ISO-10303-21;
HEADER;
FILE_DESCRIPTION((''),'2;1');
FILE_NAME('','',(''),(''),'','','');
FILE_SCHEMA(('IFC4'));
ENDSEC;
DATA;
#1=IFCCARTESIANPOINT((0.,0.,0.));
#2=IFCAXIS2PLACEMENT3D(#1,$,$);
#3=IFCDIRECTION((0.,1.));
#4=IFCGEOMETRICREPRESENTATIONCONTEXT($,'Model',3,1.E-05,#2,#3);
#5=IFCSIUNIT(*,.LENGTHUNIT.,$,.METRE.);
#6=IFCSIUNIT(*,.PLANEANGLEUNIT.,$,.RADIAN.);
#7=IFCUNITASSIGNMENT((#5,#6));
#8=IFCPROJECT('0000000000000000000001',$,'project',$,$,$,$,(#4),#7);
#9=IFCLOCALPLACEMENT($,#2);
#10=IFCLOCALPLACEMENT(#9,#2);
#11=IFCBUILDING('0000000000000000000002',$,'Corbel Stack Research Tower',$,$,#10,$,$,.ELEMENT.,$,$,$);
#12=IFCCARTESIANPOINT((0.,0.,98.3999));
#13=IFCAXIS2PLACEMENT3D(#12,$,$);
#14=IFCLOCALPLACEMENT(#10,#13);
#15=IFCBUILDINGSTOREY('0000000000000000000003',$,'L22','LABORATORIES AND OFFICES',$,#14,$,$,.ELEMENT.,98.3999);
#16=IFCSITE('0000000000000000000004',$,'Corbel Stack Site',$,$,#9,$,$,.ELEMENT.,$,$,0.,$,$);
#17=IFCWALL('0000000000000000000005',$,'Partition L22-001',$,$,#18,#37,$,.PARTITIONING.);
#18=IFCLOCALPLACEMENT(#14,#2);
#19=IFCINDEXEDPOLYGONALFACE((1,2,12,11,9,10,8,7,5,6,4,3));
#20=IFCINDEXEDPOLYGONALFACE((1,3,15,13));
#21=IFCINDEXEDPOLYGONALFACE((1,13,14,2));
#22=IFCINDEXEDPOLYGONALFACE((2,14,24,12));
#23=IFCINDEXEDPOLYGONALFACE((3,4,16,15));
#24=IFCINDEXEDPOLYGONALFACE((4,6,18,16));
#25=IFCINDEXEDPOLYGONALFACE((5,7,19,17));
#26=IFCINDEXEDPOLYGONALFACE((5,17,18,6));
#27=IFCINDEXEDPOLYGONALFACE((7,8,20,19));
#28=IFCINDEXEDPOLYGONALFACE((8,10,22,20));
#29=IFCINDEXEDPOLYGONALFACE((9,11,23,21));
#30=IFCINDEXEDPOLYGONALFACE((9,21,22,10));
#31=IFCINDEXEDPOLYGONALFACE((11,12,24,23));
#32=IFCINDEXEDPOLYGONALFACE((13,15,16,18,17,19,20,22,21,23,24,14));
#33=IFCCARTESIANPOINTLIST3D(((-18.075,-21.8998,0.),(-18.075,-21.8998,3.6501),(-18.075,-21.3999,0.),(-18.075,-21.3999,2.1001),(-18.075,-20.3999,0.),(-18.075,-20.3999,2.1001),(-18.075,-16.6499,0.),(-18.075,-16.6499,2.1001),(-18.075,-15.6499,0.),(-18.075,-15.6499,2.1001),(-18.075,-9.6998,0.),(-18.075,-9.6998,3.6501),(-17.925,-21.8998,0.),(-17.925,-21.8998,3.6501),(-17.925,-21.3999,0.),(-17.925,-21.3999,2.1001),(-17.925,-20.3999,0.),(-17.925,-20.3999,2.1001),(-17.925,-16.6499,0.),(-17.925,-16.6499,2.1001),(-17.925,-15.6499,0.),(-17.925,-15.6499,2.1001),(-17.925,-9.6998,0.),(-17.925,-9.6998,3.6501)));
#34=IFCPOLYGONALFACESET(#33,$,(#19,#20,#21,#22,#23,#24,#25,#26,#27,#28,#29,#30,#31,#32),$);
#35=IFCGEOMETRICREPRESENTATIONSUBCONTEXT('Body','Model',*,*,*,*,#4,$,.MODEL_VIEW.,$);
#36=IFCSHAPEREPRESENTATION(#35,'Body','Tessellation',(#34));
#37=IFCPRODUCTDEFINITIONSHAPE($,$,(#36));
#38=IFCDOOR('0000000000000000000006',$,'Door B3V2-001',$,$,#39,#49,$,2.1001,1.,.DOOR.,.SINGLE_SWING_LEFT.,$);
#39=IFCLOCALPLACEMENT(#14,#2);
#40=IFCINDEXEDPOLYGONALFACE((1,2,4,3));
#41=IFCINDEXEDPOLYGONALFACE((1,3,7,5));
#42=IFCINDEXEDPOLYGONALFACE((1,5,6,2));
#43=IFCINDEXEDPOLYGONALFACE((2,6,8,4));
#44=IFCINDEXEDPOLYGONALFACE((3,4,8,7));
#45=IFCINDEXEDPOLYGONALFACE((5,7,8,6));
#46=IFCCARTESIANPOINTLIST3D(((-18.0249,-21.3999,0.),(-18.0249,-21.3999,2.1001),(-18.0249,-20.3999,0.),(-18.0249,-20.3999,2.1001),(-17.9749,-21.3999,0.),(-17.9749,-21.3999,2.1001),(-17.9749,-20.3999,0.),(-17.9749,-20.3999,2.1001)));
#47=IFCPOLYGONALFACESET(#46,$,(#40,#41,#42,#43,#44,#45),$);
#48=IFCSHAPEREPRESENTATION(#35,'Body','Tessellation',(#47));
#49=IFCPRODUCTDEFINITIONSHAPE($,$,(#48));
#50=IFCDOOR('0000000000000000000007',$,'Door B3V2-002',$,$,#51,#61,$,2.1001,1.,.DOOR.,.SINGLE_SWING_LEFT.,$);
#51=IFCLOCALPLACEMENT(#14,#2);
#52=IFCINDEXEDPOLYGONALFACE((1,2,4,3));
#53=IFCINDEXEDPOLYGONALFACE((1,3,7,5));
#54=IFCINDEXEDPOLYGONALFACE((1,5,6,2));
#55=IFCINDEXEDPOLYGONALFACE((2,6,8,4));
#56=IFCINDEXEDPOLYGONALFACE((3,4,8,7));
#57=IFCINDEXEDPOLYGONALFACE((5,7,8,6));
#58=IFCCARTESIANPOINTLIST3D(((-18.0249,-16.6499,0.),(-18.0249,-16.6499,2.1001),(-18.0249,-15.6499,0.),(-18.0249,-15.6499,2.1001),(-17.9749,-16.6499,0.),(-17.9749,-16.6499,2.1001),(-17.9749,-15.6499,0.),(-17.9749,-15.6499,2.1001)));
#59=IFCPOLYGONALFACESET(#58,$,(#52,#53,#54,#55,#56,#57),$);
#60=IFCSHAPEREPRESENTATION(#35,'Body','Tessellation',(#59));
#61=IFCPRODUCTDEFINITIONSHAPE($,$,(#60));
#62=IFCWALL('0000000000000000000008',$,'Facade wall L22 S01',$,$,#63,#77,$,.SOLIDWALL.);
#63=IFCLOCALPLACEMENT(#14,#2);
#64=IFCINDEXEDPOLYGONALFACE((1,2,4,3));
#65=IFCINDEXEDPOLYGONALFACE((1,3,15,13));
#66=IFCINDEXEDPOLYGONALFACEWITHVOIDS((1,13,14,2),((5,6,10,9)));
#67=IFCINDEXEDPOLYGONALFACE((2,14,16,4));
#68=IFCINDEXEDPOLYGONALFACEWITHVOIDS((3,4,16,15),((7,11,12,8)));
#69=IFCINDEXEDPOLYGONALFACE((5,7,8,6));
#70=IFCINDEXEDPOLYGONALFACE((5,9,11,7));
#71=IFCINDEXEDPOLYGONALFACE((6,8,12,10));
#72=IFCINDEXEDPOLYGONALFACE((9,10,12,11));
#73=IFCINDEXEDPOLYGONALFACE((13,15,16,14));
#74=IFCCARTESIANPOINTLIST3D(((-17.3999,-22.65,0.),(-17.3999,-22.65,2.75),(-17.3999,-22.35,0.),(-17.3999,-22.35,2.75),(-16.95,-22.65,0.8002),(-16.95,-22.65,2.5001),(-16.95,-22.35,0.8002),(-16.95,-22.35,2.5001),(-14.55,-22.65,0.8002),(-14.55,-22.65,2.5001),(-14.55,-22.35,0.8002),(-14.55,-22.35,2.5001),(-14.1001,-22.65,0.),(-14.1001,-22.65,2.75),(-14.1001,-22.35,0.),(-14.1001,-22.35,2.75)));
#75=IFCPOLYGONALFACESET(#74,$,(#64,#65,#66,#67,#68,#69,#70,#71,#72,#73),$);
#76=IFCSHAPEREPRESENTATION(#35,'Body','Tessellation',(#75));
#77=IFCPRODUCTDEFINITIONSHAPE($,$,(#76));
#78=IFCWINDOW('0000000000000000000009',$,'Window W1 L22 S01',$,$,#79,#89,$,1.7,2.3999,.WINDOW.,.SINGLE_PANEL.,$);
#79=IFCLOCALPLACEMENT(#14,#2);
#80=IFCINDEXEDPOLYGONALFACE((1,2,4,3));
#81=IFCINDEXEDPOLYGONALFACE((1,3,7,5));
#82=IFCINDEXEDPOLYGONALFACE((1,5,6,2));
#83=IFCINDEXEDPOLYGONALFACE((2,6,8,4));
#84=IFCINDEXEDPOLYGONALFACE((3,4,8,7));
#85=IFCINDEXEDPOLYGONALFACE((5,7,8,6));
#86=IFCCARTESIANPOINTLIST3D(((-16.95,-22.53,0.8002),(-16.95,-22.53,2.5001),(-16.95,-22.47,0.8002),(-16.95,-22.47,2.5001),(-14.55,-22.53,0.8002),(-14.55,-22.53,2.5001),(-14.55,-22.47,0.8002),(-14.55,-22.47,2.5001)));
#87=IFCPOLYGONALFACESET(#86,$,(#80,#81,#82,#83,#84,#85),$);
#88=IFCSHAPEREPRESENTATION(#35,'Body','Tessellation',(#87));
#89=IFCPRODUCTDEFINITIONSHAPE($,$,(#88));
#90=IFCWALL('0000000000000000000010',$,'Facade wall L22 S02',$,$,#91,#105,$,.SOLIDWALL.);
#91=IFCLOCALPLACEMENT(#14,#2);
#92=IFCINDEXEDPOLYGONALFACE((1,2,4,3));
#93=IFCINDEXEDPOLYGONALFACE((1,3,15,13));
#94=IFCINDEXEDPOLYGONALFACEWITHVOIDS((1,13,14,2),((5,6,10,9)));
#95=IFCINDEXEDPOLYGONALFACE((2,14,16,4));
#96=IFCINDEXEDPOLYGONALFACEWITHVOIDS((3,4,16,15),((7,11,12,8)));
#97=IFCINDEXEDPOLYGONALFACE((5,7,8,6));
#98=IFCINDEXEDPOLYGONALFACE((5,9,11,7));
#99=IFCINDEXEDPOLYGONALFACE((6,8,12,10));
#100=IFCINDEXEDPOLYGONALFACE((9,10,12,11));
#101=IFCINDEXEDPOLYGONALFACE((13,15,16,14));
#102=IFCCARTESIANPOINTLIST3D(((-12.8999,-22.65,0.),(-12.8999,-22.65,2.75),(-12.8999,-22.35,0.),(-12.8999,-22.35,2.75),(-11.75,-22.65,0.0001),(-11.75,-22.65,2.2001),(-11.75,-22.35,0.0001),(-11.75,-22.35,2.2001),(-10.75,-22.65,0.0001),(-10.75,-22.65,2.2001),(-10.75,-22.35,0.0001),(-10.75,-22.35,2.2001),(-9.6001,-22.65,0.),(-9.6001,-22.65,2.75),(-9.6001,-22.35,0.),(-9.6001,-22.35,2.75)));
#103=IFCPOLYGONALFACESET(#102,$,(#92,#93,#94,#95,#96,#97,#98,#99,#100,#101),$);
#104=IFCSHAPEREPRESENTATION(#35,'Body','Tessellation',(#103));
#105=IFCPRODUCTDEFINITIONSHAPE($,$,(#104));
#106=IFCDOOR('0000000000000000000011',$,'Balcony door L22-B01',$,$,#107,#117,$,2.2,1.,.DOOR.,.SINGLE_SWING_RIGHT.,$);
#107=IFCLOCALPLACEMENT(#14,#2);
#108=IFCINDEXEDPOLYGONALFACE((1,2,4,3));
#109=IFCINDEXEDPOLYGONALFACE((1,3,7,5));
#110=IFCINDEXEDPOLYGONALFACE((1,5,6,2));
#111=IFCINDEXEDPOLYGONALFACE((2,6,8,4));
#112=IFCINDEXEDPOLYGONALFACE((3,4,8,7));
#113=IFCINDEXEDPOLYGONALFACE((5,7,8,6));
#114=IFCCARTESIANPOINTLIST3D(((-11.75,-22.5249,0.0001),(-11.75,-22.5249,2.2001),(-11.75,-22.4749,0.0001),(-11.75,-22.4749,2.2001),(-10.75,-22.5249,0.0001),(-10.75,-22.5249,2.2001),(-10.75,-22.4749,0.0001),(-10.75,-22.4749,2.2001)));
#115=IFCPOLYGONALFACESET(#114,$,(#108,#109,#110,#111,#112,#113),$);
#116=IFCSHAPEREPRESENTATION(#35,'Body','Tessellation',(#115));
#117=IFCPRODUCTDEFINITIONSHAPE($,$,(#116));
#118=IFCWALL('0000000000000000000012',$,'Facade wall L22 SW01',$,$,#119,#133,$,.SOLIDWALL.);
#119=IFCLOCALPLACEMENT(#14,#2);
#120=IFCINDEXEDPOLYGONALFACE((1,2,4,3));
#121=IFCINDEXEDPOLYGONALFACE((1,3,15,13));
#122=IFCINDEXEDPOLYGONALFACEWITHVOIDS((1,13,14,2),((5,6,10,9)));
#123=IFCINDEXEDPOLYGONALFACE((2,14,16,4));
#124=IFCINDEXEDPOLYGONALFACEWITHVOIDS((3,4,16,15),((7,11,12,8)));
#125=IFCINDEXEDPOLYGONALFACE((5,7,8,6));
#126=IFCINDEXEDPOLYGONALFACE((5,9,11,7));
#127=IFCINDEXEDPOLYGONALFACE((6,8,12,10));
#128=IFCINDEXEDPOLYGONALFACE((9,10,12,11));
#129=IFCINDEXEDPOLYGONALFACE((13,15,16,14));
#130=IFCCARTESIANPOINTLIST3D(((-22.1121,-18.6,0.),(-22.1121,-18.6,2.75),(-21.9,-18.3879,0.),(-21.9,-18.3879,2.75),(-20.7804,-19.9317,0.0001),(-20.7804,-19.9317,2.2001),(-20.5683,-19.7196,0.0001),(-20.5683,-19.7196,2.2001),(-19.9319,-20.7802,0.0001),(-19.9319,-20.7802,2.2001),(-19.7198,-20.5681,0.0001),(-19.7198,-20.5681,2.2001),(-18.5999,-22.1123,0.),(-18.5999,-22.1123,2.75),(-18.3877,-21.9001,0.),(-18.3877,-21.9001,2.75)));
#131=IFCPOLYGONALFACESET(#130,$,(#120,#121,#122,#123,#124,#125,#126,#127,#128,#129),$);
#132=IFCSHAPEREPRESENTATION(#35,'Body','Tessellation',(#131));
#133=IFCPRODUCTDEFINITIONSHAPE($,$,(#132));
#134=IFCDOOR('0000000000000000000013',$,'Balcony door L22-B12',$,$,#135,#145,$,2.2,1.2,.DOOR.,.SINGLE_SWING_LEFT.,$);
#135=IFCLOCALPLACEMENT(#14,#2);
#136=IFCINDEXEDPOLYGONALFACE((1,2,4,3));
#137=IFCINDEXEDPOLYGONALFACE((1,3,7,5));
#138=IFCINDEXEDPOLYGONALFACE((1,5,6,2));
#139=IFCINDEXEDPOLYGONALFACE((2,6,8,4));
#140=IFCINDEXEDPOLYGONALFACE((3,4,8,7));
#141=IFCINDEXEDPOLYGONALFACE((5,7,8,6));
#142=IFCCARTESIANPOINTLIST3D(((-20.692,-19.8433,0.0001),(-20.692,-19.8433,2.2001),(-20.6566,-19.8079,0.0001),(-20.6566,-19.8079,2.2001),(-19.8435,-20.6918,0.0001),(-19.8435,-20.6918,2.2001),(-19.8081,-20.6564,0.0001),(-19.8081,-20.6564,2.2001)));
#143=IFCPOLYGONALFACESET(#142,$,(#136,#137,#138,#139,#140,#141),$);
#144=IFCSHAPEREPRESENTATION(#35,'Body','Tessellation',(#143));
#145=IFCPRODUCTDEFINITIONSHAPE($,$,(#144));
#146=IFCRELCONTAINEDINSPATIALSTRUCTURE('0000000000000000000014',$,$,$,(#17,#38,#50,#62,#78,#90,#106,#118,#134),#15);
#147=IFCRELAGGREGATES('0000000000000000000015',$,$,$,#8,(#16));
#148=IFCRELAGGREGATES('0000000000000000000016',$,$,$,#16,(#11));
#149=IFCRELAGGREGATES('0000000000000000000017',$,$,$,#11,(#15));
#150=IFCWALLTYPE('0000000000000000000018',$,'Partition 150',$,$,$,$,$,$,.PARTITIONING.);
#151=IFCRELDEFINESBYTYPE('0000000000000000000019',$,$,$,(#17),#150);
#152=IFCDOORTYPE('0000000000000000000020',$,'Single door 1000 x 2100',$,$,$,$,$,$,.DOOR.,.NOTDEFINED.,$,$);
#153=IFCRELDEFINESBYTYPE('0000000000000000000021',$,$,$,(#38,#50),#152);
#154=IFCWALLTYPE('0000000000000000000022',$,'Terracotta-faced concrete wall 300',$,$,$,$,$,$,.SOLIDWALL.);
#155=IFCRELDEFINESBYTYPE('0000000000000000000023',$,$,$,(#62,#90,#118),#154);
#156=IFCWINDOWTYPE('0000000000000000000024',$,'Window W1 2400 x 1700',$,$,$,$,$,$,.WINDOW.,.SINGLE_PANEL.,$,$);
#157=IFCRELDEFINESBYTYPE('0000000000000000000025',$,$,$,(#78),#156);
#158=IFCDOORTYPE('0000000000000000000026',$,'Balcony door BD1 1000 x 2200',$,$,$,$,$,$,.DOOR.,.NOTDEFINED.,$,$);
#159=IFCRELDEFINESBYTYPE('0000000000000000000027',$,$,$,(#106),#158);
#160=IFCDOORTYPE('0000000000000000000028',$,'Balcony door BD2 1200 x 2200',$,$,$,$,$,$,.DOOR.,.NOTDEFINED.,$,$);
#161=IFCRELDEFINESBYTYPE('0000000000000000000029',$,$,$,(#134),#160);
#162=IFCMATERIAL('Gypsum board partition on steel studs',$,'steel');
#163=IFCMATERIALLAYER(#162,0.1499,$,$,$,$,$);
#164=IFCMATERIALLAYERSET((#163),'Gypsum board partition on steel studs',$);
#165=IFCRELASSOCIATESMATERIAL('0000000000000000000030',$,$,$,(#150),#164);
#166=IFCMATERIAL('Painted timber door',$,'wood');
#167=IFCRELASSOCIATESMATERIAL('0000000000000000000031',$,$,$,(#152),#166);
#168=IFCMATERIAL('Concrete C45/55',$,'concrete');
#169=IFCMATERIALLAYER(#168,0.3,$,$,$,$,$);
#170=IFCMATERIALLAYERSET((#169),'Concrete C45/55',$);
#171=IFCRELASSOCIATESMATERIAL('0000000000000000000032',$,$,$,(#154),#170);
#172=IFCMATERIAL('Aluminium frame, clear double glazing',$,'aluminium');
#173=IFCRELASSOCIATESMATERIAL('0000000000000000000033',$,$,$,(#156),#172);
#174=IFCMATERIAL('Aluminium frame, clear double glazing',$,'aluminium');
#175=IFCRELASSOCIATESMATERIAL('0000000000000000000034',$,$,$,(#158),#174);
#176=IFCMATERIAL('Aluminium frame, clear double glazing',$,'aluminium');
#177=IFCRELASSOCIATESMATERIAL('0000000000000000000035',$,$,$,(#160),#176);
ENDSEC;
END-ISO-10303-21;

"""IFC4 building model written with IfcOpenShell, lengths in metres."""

from ifc_helpers import new_model, si_unit, direction, frame, frame_2d, origin, place, context, subcontext, project, spatial, rectangle, extrude, material, layer, layer_set, type_object, element, fill, save


model = new_model("IFC4")

# Units and contexts
model_context = context("Model", 3, precision=1e-05, world=origin(), true_north=direction((0.0, 1.0)))
body_context = subcontext(model_context, "Body", "Model", "MODEL_VIEW")
ifc_project = project(units=[si_unit("LENGTHUNIT", "METRE"), si_unit("PLANEANGLEUNIT", "RADIAN")], contexts=[model_context])

# Site, building, storey
site_placement = place(None, origin())
site = spatial("IfcSite", under=ifc_project, at=site_placement, Name="Corbel Stack Site", CompositionType="ELEMENT", RefElevation=0.0)
building_placement = place(site_placement, origin())
building = spatial("IfcBuilding", under=site, at=building_placement, Name="Corbel Stack Research Tower", CompositionType="ELEMENT")
storey_placement = place(building_placement, frame((0.0, 0.0, 98.3999)))
storey = spatial("IfcBuildingStorey", under=building, at=storey_placement, Name="L22", Description="LABORATORIES AND OFFICES", CompositionType="ELEMENT", Elevation=98.3999)

# Wall, openings, doors
ifc_material_1 = material(Name="Gypsum board partition on steel studs", Category="steel")
ifc_layer_1 = layer(ifc_material_1, 0.1499)
ifc_layer_set_1 = layer_set([ifc_layer_1], Name="Gypsum board partition on steel studs")
wall_type_1 = type_object("IfcWallType", Name="Partition 150", PredefinedType="PARTITIONING", material=ifc_layer_set_1)
wall_1_placement = place(storey_placement, frame((-18.0, -21.8999, 0.0), z_axis=(0.0, 0.0, 1.0), x_axis=(0.0, 1.0, 0.0)))
wall_1 = element("IfcWall", 1, at=wall_1_placement, inside=storey, type_object=wall_type_1, Name="Partition L22-001", PredefinedType="PARTITIONING", context=body_context, shape_type="SweptSolid", body=[
    extrude(rectangle(XDim=12.2, YDim=0.1499, at=frame_2d((6.1001, 0.0))), origin(), (0.0, 0.0, 1.0), 3.6501),
])
opening_1_placement = place(wall_1_placement, frame((0.5, 0.0, 0.0)))
opening_1 = element("IfcOpeningElement", 2, at=opening_1_placement, cuts=wall_1, PredefinedType="OPENING", context=body_context, shape_type="SweptSolid", body=[
    extrude(rectangle(XDim=1.0, YDim=2.1001, at=frame_2d((0.5, 1.05))), frame((0.0, 0.085, 0.0), z_axis=(0.0, -1.0, 0.0), x_axis=(1.0, 0.0, 0.0)), (0.0, 0.0, 1.0), 0.1699),
])
opening_2_placement = place(wall_1_placement, frame((5.25, 0.0, 0.0)))
opening_2 = element("IfcOpeningElement", 3, at=opening_2_placement, cuts=wall_1, PredefinedType="OPENING", context=body_context, shape_type="SweptSolid", body=[
    extrude(rectangle(XDim=1.0, YDim=2.1001, at=frame_2d((0.5, 1.05))), frame((0.0, 0.085, 0.0), z_axis=(0.0, -1.0, 0.0), x_axis=(1.0, 0.0, 0.0)), (0.0, 0.0, 1.0), 0.1699),
])
ifc_material_2 = material(Name="Painted timber door", Category="wood")
door_type_1 = type_object("IfcDoorType", Name="Single door 1000 x 2100", OperationType="NOTDEFINED", PredefinedType="DOOR", material=ifc_material_2)
door_1_placement = place(opening_1_placement, origin())
door_1 = element("IfcDoor", 4, at=door_1_placement, inside=storey, type_object=door_type_1, Name="Door B3V2-001", OperationType="SINGLE_SWING_LEFT", OverallHeight=2.1001, OverallWidth=1.0, PredefinedType="DOOR", context=body_context, shape_type="SweptSolid", body=[
    extrude(rectangle(XDim=1.0, YDim=2.1001, at=frame_2d((0.5, 1.05))), frame((0.0, 0.0249, 0.0), z_axis=(0.0, -1.0, 0.0), x_axis=(1.0, 0.0, 0.0)), (0.0, 0.0, 1.0), 0.05),
])
fill(opening_1, door_1)
door_2_placement = place(opening_2_placement, origin())
door_2 = element("IfcDoor", 5, at=door_2_placement, inside=storey, type_object=door_type_1, Name="Door B3V2-002", OperationType="SINGLE_SWING_LEFT", OverallHeight=2.1001, OverallWidth=1.0, PredefinedType="DOOR", context=body_context, shape_type="SweptSolid", body=[
    extrude(rectangle(XDim=1.0, YDim=2.1001, at=frame_2d((0.5, 1.05))), frame((0.0, 0.0249, 0.0), z_axis=(0.0, -1.0, 0.0), x_axis=(1.0, 0.0, 0.0)), (0.0, 0.0, 1.0), 0.05),
])
fill(opening_2, door_2)

# Wall, opening, window
ifc_material_3 = material(Name="Concrete C45/55", Category="concrete")
ifc_layer_2 = layer(ifc_material_3, 0.3)
ifc_layer_set_2 = layer_set([ifc_layer_2], Name="Concrete C45/55")
wall_type_2 = type_object("IfcWallType", Name="Terracotta-faced concrete wall 300", PredefinedType="SOLIDWALL", material=ifc_layer_set_2)
wall_2_placement = place(storey_placement, frame((-14.1001, -22.5, 0.0), z_axis=(0.0, 0.0, 1.0), x_axis=(-1.0, 0.0, 0.0)))
wall_2 = element("IfcWall", 6, at=wall_2_placement, inside=storey, type_object=wall_type_2, Name="Facade wall L22 S01", PredefinedType="SOLIDWALL", context=body_context, shape_type="SweptSolid", body=[
    extrude(rectangle(XDim=3.2998, YDim=0.3, at=frame_2d((1.6499, 0.0))), origin(), (0.0, 0.0, 1.0), 2.75),
])
opening_3_placement = place(wall_2_placement, frame((0.45, 0.0, 0.8)))
opening_3 = element("IfcOpeningElement", 7, at=opening_3_placement, cuts=wall_2, PredefinedType="OPENING", context=body_context, shape_type="SweptSolid", body=[
    extrude(rectangle(XDim=2.3999, YDim=1.7, at=frame_2d((1.2, 0.8501))), frame((0.0, 0.1599, 0.0), z_axis=(0.0, -1.0, 0.0), x_axis=(1.0, 0.0, 0.0)), (0.0, 0.0, 1.0), 0.3201),
])
ifc_material_4 = material(Name="Aluminium frame, clear double glazing", Category="aluminium")
window_type = type_object("IfcWindowType", Name="Window W1 2400 x 1700", PartitioningType="SINGLE_PANEL", PredefinedType="WINDOW", material=ifc_material_4)
window_placement = place(opening_3_placement, origin())
window = element("IfcWindow", 8, at=window_placement, inside=storey, type_object=window_type, Name="Window W1 L22 S01", OverallHeight=1.7, OverallWidth=2.3999, PartitioningType="SINGLE_PANEL", PredefinedType="WINDOW", context=body_context, shape_type="SweptSolid", body=[
    extrude(rectangle(XDim=2.3999, YDim=1.7, at=frame_2d((1.2, 0.8501))), frame((0.0, 0.03, 0.0), z_axis=(0.0, -1.0, 0.0), x_axis=(1.0, 0.0, 0.0)), (0.0, 0.0, 1.0), 0.0601),
])
fill(opening_3, window)

# Walls, openings, doors
wall_3_placement = place(storey_placement, frame((-9.6001, -22.5, 0.0), z_axis=(0.0, 0.0, 1.0), x_axis=(-1.0, 0.0, 0.0)))
wall_3 = element("IfcWall", 9, at=wall_3_placement, inside=storey, type_object=wall_type_2, Name="Facade wall L22 S02", PredefinedType="SOLIDWALL", context=body_context, shape_type="SweptSolid", body=[
    extrude(rectangle(XDim=3.2998, YDim=0.3, at=frame_2d((1.6499, 0.0))), origin(), (0.0, 0.0, 1.0), 2.75),
])
opening_4_placement = place(wall_3_placement, frame((1.1499, 0.0, 0.0)))
opening_4 = element("IfcOpeningElement", 10, at=opening_4_placement, cuts=wall_3, PredefinedType="OPENING", context=body_context, shape_type="SweptSolid", body=[
    extrude(rectangle(XDim=1.0, YDim=2.2, at=frame_2d((0.5, 1.1001))), frame((0.0, 0.1599, 0.0), z_axis=(0.0, -1.0, 0.0), x_axis=(1.0, 0.0, 0.0)), (0.0, 0.0, 1.0), 0.3201),
])
ifc_material_5 = material(Name="Aluminium frame, clear double glazing", Category="aluminium")
door_type_2 = type_object("IfcDoorType", Name="Balcony door BD1 1000 x 2200", OperationType="NOTDEFINED", PredefinedType="DOOR", material=ifc_material_5)
door_3_placement = place(opening_4_placement, origin())
door_3 = element("IfcDoor", 11, at=door_3_placement, inside=storey, type_object=door_type_2, Name="Balcony door L22-B01", OperationType="SINGLE_SWING_RIGHT", OverallHeight=2.2, OverallWidth=1.0, PredefinedType="DOOR", context=body_context, shape_type="SweptSolid", body=[
    extrude(rectangle(XDim=1.0, YDim=2.2, at=frame_2d((0.5, 1.1001))), frame((0.0, 0.0249, 0.0), z_axis=(0.0, -1.0, 0.0), x_axis=(1.0, 0.0, 0.0)), (0.0, 0.0, 1.0), 0.05),
])
fill(opening_4, door_3)
wall_4_placement = place(storey_placement, frame((-18.4939, -22.0061, 0.0), z_axis=(0.0, 0.0, 1.0), x_axis=(-0.707107, 0.707107, 0.0)))
wall_4 = element("IfcWall", 12, at=wall_4_placement, inside=storey, type_object=wall_type_2, Name="Facade wall L22 SW01", PredefinedType="SOLIDWALL", context=body_context, shape_type="SweptSolid", body=[
    extrude(rectangle(XDim=4.967, YDim=0.3, at=frame_2d((2.4834, 0.0))), origin(), (0.0, 0.0, 1.0), 2.75),
])
opening_5_placement = place(wall_4_placement, frame((1.8835, 0.0, 0.0)))
opening_5 = element("IfcOpeningElement", 13, at=opening_5_placement, cuts=wall_4, PredefinedType="OPENING", context=body_context, shape_type="SweptSolid", body=[
    extrude(rectangle(XDim=1.2, YDim=2.2, at=frame_2d((0.6001, 1.1001))), frame((0.0, 0.1599, 0.0), z_axis=(0.0, -1.0, 0.0), x_axis=(1.0, 0.0, 0.0)), (0.0, 0.0, 1.0), 0.3201),
])
ifc_material_6 = material(Name="Aluminium frame, clear double glazing", Category="aluminium")
door_type_3 = type_object("IfcDoorType", Name="Balcony door BD2 1200 x 2200", OperationType="NOTDEFINED", PredefinedType="DOOR", material=ifc_material_6)
door_4_placement = place(opening_5_placement, origin())
door_4 = element("IfcDoor", 14, at=door_4_placement, inside=storey, type_object=door_type_3, Name="Balcony door L22-B12", OperationType="SINGLE_SWING_LEFT", OverallHeight=2.2, OverallWidth=1.2, PredefinedType="DOOR", context=body_context, shape_type="SweptSolid", body=[
    extrude(rectangle(XDim=1.2, YDim=2.2, at=frame_2d((0.6001, 1.1001))), frame((0.0, 0.0249, 0.0), z_axis=(0.0, -1.0, 0.0), x_axis=(1.0, 0.0, 0.0)), (0.0, 0.0, 1.0), 0.05),
])
fill(opening_5, door_4)

save(model, "model.ifc")
